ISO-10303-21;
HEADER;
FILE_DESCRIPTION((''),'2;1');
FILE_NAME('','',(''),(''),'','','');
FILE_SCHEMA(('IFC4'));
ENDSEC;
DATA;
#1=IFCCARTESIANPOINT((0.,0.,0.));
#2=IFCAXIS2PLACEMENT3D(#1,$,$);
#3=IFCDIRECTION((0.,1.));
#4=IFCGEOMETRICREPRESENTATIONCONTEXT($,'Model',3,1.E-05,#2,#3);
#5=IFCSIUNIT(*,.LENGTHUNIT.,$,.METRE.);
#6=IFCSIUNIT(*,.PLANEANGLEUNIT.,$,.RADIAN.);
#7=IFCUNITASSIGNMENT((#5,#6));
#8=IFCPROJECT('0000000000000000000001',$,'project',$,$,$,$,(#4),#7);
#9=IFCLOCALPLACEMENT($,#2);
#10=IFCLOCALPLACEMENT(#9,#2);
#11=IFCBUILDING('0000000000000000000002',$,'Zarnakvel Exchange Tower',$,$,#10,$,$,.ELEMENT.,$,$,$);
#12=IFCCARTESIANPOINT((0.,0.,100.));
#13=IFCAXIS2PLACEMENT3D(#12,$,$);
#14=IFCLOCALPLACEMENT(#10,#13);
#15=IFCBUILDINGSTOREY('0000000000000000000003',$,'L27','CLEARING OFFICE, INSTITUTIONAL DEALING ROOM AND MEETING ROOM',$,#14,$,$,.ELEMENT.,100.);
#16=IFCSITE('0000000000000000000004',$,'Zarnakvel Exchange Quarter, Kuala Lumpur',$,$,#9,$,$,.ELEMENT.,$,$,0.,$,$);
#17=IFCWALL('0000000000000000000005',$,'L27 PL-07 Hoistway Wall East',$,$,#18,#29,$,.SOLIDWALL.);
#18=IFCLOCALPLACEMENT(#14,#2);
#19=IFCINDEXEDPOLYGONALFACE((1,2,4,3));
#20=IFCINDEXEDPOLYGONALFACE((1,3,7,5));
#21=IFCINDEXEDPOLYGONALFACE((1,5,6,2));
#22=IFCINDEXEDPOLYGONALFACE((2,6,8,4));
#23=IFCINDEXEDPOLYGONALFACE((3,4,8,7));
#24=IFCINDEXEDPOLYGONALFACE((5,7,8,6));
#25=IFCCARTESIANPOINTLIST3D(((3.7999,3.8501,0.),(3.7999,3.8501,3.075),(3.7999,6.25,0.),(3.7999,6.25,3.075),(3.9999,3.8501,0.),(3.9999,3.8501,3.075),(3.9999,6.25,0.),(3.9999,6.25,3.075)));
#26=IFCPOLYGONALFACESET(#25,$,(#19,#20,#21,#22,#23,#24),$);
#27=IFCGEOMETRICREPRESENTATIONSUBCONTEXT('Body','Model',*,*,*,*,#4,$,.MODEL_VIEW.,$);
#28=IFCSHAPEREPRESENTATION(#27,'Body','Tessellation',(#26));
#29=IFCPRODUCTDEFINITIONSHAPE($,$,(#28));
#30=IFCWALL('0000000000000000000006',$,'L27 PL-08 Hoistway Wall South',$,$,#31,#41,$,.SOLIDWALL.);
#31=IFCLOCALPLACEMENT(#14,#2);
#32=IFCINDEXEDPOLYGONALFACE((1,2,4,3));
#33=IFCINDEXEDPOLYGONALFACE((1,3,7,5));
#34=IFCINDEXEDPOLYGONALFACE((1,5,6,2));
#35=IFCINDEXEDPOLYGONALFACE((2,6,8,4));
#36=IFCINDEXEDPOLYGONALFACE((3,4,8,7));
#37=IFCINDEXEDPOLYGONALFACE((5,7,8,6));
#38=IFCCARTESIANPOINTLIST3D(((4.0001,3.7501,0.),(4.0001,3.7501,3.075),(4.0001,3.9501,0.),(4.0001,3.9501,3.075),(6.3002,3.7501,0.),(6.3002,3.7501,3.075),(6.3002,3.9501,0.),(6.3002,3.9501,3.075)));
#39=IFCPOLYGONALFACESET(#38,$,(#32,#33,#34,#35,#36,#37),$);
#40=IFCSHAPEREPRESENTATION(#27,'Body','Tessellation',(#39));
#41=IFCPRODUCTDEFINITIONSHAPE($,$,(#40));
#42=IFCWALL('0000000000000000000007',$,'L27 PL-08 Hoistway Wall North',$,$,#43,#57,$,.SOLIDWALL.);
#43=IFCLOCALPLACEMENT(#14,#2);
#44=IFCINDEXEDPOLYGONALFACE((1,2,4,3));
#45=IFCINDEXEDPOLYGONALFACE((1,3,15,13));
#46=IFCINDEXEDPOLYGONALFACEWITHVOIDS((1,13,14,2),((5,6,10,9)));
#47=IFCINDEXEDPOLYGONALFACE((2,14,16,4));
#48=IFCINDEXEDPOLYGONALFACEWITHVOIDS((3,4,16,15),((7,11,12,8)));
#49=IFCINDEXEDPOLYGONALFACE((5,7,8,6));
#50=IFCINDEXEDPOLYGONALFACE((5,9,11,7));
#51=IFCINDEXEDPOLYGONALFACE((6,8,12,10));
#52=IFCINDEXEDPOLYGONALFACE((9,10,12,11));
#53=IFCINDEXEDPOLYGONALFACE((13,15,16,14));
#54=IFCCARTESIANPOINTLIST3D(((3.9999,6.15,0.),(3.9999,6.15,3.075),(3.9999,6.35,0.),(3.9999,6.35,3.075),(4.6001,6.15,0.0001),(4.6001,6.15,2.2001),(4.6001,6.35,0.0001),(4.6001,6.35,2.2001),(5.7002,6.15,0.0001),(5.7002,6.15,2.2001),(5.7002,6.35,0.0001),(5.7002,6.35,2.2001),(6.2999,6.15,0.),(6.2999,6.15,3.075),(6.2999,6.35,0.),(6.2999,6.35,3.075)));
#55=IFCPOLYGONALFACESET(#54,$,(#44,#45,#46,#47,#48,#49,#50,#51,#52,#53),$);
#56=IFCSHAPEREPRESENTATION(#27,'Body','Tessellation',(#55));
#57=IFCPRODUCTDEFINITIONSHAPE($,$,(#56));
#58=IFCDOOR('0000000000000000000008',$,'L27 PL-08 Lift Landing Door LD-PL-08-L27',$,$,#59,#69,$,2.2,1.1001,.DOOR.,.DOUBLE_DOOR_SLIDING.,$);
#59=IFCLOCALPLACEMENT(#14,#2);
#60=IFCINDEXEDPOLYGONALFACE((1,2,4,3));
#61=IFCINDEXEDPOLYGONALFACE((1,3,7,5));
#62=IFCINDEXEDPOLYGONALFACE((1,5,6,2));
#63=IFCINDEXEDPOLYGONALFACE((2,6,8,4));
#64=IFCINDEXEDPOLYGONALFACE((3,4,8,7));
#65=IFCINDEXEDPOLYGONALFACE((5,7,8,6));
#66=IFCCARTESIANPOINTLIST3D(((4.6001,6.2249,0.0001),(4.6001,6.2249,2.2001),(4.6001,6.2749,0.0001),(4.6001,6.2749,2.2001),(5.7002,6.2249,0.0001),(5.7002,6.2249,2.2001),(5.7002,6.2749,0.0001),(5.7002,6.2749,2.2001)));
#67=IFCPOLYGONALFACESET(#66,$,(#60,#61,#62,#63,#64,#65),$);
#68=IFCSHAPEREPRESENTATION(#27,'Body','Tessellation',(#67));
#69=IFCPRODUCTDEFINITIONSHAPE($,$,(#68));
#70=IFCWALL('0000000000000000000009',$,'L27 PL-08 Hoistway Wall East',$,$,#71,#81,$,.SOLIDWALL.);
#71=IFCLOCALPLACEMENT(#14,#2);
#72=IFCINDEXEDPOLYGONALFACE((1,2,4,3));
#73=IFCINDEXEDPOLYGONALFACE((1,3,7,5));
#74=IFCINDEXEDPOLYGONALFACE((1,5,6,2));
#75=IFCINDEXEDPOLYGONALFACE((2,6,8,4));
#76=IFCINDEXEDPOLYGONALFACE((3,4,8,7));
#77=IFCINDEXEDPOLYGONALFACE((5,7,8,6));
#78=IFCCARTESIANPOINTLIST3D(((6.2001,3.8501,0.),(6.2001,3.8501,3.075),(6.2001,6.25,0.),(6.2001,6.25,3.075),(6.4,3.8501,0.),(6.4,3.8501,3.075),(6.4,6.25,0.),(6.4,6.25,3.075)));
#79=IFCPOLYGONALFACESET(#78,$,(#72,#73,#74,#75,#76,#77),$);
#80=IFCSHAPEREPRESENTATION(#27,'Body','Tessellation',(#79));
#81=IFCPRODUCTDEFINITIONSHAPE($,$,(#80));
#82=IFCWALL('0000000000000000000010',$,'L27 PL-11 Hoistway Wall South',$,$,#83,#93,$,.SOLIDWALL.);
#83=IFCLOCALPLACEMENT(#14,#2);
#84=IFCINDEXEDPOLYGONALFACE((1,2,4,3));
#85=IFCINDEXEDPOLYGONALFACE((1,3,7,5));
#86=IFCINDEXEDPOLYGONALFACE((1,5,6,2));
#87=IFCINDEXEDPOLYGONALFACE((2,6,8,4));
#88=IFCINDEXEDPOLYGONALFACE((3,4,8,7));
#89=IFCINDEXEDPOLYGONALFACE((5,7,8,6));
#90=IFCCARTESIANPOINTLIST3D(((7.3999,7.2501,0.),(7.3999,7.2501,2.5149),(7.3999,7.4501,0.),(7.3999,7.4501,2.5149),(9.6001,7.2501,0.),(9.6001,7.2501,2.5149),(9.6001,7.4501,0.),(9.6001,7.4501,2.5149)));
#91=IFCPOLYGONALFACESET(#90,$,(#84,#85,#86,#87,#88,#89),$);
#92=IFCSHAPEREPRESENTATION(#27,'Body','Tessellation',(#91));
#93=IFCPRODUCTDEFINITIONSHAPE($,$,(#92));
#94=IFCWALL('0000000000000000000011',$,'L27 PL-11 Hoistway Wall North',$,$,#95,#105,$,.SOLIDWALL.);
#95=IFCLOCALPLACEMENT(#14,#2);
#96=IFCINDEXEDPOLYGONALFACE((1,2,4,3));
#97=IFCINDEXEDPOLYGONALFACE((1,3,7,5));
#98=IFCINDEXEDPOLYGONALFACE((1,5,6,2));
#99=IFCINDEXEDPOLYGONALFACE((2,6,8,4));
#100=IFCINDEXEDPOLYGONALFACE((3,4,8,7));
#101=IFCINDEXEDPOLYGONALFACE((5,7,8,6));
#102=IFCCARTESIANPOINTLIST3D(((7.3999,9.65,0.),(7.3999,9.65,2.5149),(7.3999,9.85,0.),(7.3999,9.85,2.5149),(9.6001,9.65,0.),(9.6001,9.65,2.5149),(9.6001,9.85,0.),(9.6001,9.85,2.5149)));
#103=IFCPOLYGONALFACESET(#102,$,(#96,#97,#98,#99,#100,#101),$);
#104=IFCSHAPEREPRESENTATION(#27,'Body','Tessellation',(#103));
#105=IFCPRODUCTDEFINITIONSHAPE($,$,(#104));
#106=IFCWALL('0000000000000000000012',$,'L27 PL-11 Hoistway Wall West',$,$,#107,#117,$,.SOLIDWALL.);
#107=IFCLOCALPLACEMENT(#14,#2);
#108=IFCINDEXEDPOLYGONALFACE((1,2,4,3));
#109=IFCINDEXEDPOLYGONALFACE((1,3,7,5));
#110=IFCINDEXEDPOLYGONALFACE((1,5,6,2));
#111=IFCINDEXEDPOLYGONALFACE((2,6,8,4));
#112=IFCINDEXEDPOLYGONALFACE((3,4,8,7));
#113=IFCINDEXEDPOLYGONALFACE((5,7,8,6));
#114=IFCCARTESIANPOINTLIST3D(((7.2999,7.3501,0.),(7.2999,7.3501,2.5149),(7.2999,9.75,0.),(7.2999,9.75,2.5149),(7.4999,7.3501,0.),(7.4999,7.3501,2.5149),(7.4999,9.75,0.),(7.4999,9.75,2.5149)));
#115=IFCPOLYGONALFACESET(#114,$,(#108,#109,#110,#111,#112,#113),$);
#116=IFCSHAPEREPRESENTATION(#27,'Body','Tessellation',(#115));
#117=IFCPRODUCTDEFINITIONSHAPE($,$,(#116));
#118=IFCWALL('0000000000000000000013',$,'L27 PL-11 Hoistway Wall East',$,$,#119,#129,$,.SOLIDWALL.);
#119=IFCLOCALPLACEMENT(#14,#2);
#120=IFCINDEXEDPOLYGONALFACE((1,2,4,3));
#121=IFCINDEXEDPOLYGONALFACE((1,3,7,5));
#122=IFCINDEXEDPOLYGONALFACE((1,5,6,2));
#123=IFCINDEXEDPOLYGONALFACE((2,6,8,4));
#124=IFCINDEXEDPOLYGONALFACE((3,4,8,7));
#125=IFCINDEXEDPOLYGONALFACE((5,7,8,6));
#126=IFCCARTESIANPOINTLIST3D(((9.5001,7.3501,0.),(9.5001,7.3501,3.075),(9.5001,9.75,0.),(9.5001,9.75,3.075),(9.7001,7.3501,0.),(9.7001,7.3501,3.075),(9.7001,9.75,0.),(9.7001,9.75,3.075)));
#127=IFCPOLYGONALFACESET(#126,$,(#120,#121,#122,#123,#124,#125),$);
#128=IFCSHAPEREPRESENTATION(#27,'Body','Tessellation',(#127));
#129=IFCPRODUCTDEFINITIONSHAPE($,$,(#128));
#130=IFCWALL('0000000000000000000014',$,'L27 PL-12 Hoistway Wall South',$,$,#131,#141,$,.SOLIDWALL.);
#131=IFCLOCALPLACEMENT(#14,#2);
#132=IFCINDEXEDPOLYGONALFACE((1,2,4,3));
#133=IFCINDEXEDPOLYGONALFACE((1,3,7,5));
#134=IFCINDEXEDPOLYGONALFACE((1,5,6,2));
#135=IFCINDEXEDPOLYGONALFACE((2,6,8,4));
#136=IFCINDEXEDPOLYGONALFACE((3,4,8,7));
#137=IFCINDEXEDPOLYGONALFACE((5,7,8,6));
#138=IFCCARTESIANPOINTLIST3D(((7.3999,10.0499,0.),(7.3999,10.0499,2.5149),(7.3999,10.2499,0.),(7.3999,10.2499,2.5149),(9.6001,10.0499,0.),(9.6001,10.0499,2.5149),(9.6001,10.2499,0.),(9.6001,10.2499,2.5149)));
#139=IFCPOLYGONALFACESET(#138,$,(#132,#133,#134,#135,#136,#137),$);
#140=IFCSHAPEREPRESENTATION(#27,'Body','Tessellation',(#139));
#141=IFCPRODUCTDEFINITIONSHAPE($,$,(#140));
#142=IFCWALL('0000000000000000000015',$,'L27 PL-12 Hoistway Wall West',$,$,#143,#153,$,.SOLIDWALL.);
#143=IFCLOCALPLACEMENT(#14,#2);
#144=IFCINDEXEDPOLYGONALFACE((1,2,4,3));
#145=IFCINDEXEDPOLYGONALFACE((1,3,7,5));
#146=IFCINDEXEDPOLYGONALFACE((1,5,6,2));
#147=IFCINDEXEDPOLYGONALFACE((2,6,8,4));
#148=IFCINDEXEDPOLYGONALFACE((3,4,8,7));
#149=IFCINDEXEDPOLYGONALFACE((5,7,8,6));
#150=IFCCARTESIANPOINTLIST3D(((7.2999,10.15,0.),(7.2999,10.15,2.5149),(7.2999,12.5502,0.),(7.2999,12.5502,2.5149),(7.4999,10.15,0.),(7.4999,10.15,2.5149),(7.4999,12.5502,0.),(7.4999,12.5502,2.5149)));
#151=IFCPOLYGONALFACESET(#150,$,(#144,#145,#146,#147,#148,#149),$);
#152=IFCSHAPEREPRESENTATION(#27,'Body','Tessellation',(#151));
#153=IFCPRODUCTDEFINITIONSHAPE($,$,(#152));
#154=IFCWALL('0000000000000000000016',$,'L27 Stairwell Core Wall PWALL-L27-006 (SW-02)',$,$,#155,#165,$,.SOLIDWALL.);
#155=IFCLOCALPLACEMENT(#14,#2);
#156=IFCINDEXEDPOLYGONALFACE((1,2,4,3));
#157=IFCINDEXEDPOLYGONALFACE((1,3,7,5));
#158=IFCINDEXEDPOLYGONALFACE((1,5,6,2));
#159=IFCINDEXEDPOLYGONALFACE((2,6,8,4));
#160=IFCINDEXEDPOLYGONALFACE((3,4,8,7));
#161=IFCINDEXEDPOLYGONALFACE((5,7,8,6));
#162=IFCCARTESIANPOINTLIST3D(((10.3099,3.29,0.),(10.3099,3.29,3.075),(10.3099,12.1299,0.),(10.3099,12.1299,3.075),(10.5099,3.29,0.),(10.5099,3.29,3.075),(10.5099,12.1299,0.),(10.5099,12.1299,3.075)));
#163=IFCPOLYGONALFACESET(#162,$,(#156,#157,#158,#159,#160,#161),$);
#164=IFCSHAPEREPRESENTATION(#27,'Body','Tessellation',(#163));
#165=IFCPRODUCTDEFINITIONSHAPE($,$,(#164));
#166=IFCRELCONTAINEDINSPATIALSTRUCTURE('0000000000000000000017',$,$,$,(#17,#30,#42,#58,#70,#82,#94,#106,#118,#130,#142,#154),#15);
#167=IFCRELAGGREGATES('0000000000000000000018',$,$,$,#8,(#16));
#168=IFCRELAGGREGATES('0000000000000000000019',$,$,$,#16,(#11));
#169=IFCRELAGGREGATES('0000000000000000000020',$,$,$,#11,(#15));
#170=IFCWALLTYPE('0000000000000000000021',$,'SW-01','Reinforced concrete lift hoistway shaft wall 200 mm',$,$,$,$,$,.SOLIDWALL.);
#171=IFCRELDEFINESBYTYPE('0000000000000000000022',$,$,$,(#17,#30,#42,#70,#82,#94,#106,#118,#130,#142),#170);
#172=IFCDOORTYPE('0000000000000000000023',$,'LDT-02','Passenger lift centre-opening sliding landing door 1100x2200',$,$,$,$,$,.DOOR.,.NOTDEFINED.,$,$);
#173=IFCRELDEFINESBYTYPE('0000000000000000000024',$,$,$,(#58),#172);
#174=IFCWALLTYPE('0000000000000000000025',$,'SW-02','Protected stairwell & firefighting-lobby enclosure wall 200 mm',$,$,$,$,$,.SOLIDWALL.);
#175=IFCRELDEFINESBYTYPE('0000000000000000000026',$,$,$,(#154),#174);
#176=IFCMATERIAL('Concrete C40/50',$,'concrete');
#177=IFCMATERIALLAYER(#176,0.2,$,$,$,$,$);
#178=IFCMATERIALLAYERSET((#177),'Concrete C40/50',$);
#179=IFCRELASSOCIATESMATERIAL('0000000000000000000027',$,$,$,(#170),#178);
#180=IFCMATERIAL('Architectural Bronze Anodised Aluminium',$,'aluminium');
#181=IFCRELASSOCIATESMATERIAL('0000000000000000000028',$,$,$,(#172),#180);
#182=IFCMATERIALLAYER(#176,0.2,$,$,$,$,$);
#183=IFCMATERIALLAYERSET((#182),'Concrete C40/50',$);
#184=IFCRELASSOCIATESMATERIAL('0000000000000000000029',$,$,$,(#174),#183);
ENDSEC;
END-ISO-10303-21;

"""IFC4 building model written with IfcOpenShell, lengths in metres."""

from ifc_helpers import new_model, si_unit, direction, frame, frame_2d, origin, place, context, subcontext, project, spatial, rectangle, extrude, source, transform, mapped, material, layer, layer_set, type_object, element, fill, save


model = new_model("IFC4")

# Units and contexts
model_context = context("Model", 3, precision=1e-05, world=origin(), true_north=direction((0.0, 1.0)))
body_context = subcontext(model_context, "Body", "Model", "MODEL_VIEW")
ifc_project = project(units=[si_unit("LENGTHUNIT", "METRE"), si_unit("PLANEANGLEUNIT", "RADIAN")], contexts=[model_context])

# Site, building, storey
site_placement = place(None, origin())
site = spatial("IfcSite", under=ifc_project, at=site_placement, Name="Zarnakvel Exchange Quarter, Kuala Lumpur", CompositionType="ELEMENT", RefElevation=0.0)
building_placement = place(site_placement, origin())
building = spatial("IfcBuilding", under=site, at=building_placement, Name="Zarnakvel Exchange Tower", CompositionType="ELEMENT")
storey_placement = place(building_placement, frame((0.0, 0.0, 100.0)))
storey = spatial("IfcBuildingStorey", under=building, at=storey_placement, Name="L27", Description="CLEARING OFFICE, INSTITUTIONAL DEALING ROOM AND MEETING ROOM", CompositionType="ELEMENT", Elevation=100.0)

# Shared definitions
ifc_material_1 = material(Name="Concrete C40/50", Category="concrete")
ifc_layer_1 = layer(ifc_material_1, 0.2)
ifc_layer_set_1 = layer_set([ifc_layer_1], Name="Concrete C40/50")
wall_type_1 = type_object("IfcWallType", Name="SW-01", Description="Reinforced concrete lift hoistway shaft wall 200 mm", PredefinedType="SOLIDWALL", material=ifc_layer_set_1)
shared_shape_1 = source(origin(), body_context, "Body", "SweptSolid", [
    extrude(rectangle(XDim=1.1001, YDim=2.2, at=frame_2d((0.55, 1.1001))), frame((0.0, 0.0249, 0.0), z_axis=(0.0, -1.0, 0.0), x_axis=(1.0, 0.0, 0.0)), (0.0, 0.0, 1.0), 0.05),
])

# Shared definitions
ifc_material_2 = material(Name="Architectural Bronze Anodised Aluminium", Category="aluminium")
door_type_1 = type_object("IfcDoorType", Name="LDT-02", Description="Passenger lift centre-opening sliding landing door 1100x2200", OperationType="NOTDEFINED", PredefinedType="DOOR", material=ifc_material_2)

# Walls
for number, where, z_axis, x_axis, name in (
    (1, (3.8999, 6.25, 0.0), (0.0, 0.0, 1.0), (0.0, -1.0, 0.0), "L27 PL-07 Hoistway Wall East"),
):
    element("IfcWall", number, at=place(storey_placement, frame(where, z_axis=z_axis, x_axis=x_axis)), inside=storey, type_object=wall_type_1, Name=name, PredefinedType="SOLIDWALL", context=body_context, shape_type="SweptSolid", body=[
        extrude(rectangle(XDim=2.3999, YDim=0.2, at=frame_2d((1.2, 0.0))), origin(), (0.0, 0.0, 1.0), 3.075),
    ])
wall_1_placement = place(storey_placement, frame((6.3, 3.8501, 0.0), z_axis=(0.0, 0.0, 1.0), x_axis=(-1.0, 0.0, 0.0)))
element("IfcWall", 2, at=wall_1_placement, inside=storey, type_object=wall_type_1, Name="L27 PL-08 Hoistway Wall South", PredefinedType="SOLIDWALL", context=body_context, shape_type="SweptSolid", body=[
    extrude(rectangle(XDim=2.3, YDim=0.2, at=frame_2d((1.1499, 0.0))), origin(), (0.0, 0.0, 1.0), 3.075),
])

# Wall, opening, door
wall_2_placement = place(storey_placement, frame((4.0, 6.25, 0.0), z_axis=(0.0, 0.0, 1.0), x_axis=(1.0, 0.0, 0.0)))
wall_2 = element("IfcWall", 3, at=wall_2_placement, inside=storey, type_object=wall_type_1, Name="L27 PL-08 Hoistway Wall North", PredefinedType="SOLIDWALL", context=body_context, shape_type="SweptSolid", body=[
    extrude(rectangle(XDim=2.3, YDim=0.2, at=frame_2d((1.1499, 0.0))), origin(), (0.0, 0.0, 1.0), 3.075),
])
opening_1_placement = place(wall_2_placement, frame((0.6001, 0.0, 0.0)))
opening_1 = element("IfcOpeningElement", 4, at=opening_1_placement, cuts=wall_2, PredefinedType="OPENING", context=body_context, shape_type="SweptSolid", body=[
    extrude(rectangle(XDim=1.1001, YDim=2.2, at=frame_2d((0.55, 1.1001))), frame((0.0, 0.1099, 0.0), z_axis=(0.0, -1.0, 0.0), x_axis=(1.0, 0.0, 0.0)), (0.0, 0.0, 1.0), 0.22),
])
door_1_placement = place(opening_1_placement, origin())
door_1 = element("IfcDoor", 5, at=door_1_placement, inside=storey, type_object=door_type_1, Name="L27 PL-08 Lift Landing Door LD-PL-08-L27", OperationType="DOUBLE_DOOR_SLIDING", OverallHeight=2.2, OverallWidth=1.1001, PredefinedType="DOOR", context=body_context, shape_type="MappedRepresentation", body=[
    mapped(shared_shape_1, transform((0.0, 0.0, 0.0), x_axis=(1.0, 0.0, 0.0), y_axis=(0.0, 1.0, 0.0), z_axis=(0.0, 0.0, 1.0), scale=1.0)),
])
fill(opening_1, door_1)

# Walls
wall_3_placement = place(storey_placement, frame((6.3, 6.25, 0.0), z_axis=(0.0, 0.0, 1.0), x_axis=(0.0, -1.0, 0.0)))
element("IfcWall", 6, at=wall_3_placement, inside=storey, type_object=wall_type_1, Name="L27 PL-08 Hoistway Wall East", PredefinedType="SOLIDWALL", context=body_context, shape_type="SweptSolid", body=[
    extrude(rectangle(XDim=2.3999, YDim=0.2, at=frame_2d((1.2, 0.0))), origin(), (0.0, 0.0, 1.0), 3.075),
])
for number, where, z_axis, x_axis, name in (
    (7, (9.6001, 7.3501, 0.0), (0.0, 0.0, 1.0), (-1.0, 0.0, 0.0), "L27 PL-11 Hoistway Wall South"),
    (8, (7.3999, 9.75, 0.0), (0.0, 0.0, 1.0), (1.0, 0.0, 0.0), "L27 PL-11 Hoistway Wall North"),
):
    element("IfcWall", number, at=place(storey_placement, frame(where, z_axis=z_axis, x_axis=x_axis)), inside=storey, type_object=wall_type_1, Name=name, PredefinedType="SOLIDWALL", context=body_context, shape_type="SweptSolid", body=[
        extrude(rectangle(XDim=2.2002, YDim=0.2, at=frame_2d((1.1001, 0.0))), origin(), (0.0, 0.0, 1.0), 2.5149),
    ])
wall_4_placement = place(storey_placement, frame((7.3999, 7.3501, 0.0), z_axis=(0.0, 0.0, 1.0), x_axis=(0.0, 1.0, 0.0)))
element("IfcWall", 9, at=wall_4_placement, inside=storey, type_object=wall_type_1, Name="L27 PL-11 Hoistway Wall West", PredefinedType="SOLIDWALL", context=body_context, shape_type="SweptSolid", body=[
    extrude(rectangle(XDim=2.3999, YDim=0.2, at=frame_2d((1.2, 0.0))), origin(), (0.0, 0.0, 1.0), 2.5149),
])
wall_5_placement = place(storey_placement, frame((9.6001, 9.75, 0.0), z_axis=(0.0, 0.0, 1.0), x_axis=(0.0, -1.0, 0.0)))
element("IfcWall", 10, at=wall_5_placement, inside=storey, type_object=wall_type_1, Name="L27 PL-11 Hoistway Wall East", PredefinedType="SOLIDWALL", context=body_context, shape_type="SweptSolid", body=[
    extrude(rectangle(XDim=2.3999, YDim=0.2, at=frame_2d((1.2, 0.0))), origin(), (0.0, 0.0, 1.0), 3.075),
])
wall_6_placement = place(storey_placement, frame((9.6001, 10.1499, 0.0), z_axis=(0.0, 0.0, 1.0), x_axis=(-1.0, 0.0, 0.0)))
element("IfcWall", 11, at=wall_6_placement, inside=storey, type_object=wall_type_1, Name="L27 PL-12 Hoistway Wall South", PredefinedType="SOLIDWALL", context=body_context, shape_type="SweptSolid", body=[
    extrude(rectangle(XDim=2.2002, YDim=0.2, at=frame_2d((1.1001, 0.0))), origin(), (0.0, 0.0, 1.0), 2.5149),
])
wall_7_placement = place(storey_placement, frame((7.3999, 10.1499, 0.0), z_axis=(0.0, 0.0, 1.0), x_axis=(0.0, 1.0, 0.0)))
element("IfcWall", 12, at=wall_7_placement, inside=storey, type_object=wall_type_1, Name="L27 PL-12 Hoistway Wall West", PredefinedType="SOLIDWALL", context=body_context, shape_type="SweptSolid", body=[
    extrude(rectangle(XDim=2.4001, YDim=0.2, at=frame_2d((1.2002, 0.0))), origin(), (0.0, 0.0, 1.0), 2.5149),
])
ifc_layer_2 = layer(ifc_material_1, 0.2)
ifc_layer_set_2 = layer_set([ifc_layer_2], Name="Concrete C40/50")
wall_type_2 = type_object("IfcWallType", Name="SW-02", Description="Protected stairwell & firefighting-lobby enclosure wall 200 mm", PredefinedType="SOLIDWALL", material=ifc_layer_set_2)
wall_8_placement = place(storey_placement, frame((10.4099, 3.29, 0.0), z_axis=(0.0, 0.0, 1.0), x_axis=(0.0, 1.0, 0.0)))
element("IfcWall", 13, at=wall_8_placement, inside=storey, type_object=wall_type_2, Name="L27 Stairwell Core Wall PWALL-L27-006 (SW-02)", PredefinedType="SOLIDWALL", context=body_context, shape_type="SweptSolid", body=[
    extrude(rectangle(XDim=8.8398, YDim=0.2, at=frame_2d((4.4199, 0.0))), origin(), (0.0, 0.0, 1.0), 3.075),
])

save(model, "model.ifc")
